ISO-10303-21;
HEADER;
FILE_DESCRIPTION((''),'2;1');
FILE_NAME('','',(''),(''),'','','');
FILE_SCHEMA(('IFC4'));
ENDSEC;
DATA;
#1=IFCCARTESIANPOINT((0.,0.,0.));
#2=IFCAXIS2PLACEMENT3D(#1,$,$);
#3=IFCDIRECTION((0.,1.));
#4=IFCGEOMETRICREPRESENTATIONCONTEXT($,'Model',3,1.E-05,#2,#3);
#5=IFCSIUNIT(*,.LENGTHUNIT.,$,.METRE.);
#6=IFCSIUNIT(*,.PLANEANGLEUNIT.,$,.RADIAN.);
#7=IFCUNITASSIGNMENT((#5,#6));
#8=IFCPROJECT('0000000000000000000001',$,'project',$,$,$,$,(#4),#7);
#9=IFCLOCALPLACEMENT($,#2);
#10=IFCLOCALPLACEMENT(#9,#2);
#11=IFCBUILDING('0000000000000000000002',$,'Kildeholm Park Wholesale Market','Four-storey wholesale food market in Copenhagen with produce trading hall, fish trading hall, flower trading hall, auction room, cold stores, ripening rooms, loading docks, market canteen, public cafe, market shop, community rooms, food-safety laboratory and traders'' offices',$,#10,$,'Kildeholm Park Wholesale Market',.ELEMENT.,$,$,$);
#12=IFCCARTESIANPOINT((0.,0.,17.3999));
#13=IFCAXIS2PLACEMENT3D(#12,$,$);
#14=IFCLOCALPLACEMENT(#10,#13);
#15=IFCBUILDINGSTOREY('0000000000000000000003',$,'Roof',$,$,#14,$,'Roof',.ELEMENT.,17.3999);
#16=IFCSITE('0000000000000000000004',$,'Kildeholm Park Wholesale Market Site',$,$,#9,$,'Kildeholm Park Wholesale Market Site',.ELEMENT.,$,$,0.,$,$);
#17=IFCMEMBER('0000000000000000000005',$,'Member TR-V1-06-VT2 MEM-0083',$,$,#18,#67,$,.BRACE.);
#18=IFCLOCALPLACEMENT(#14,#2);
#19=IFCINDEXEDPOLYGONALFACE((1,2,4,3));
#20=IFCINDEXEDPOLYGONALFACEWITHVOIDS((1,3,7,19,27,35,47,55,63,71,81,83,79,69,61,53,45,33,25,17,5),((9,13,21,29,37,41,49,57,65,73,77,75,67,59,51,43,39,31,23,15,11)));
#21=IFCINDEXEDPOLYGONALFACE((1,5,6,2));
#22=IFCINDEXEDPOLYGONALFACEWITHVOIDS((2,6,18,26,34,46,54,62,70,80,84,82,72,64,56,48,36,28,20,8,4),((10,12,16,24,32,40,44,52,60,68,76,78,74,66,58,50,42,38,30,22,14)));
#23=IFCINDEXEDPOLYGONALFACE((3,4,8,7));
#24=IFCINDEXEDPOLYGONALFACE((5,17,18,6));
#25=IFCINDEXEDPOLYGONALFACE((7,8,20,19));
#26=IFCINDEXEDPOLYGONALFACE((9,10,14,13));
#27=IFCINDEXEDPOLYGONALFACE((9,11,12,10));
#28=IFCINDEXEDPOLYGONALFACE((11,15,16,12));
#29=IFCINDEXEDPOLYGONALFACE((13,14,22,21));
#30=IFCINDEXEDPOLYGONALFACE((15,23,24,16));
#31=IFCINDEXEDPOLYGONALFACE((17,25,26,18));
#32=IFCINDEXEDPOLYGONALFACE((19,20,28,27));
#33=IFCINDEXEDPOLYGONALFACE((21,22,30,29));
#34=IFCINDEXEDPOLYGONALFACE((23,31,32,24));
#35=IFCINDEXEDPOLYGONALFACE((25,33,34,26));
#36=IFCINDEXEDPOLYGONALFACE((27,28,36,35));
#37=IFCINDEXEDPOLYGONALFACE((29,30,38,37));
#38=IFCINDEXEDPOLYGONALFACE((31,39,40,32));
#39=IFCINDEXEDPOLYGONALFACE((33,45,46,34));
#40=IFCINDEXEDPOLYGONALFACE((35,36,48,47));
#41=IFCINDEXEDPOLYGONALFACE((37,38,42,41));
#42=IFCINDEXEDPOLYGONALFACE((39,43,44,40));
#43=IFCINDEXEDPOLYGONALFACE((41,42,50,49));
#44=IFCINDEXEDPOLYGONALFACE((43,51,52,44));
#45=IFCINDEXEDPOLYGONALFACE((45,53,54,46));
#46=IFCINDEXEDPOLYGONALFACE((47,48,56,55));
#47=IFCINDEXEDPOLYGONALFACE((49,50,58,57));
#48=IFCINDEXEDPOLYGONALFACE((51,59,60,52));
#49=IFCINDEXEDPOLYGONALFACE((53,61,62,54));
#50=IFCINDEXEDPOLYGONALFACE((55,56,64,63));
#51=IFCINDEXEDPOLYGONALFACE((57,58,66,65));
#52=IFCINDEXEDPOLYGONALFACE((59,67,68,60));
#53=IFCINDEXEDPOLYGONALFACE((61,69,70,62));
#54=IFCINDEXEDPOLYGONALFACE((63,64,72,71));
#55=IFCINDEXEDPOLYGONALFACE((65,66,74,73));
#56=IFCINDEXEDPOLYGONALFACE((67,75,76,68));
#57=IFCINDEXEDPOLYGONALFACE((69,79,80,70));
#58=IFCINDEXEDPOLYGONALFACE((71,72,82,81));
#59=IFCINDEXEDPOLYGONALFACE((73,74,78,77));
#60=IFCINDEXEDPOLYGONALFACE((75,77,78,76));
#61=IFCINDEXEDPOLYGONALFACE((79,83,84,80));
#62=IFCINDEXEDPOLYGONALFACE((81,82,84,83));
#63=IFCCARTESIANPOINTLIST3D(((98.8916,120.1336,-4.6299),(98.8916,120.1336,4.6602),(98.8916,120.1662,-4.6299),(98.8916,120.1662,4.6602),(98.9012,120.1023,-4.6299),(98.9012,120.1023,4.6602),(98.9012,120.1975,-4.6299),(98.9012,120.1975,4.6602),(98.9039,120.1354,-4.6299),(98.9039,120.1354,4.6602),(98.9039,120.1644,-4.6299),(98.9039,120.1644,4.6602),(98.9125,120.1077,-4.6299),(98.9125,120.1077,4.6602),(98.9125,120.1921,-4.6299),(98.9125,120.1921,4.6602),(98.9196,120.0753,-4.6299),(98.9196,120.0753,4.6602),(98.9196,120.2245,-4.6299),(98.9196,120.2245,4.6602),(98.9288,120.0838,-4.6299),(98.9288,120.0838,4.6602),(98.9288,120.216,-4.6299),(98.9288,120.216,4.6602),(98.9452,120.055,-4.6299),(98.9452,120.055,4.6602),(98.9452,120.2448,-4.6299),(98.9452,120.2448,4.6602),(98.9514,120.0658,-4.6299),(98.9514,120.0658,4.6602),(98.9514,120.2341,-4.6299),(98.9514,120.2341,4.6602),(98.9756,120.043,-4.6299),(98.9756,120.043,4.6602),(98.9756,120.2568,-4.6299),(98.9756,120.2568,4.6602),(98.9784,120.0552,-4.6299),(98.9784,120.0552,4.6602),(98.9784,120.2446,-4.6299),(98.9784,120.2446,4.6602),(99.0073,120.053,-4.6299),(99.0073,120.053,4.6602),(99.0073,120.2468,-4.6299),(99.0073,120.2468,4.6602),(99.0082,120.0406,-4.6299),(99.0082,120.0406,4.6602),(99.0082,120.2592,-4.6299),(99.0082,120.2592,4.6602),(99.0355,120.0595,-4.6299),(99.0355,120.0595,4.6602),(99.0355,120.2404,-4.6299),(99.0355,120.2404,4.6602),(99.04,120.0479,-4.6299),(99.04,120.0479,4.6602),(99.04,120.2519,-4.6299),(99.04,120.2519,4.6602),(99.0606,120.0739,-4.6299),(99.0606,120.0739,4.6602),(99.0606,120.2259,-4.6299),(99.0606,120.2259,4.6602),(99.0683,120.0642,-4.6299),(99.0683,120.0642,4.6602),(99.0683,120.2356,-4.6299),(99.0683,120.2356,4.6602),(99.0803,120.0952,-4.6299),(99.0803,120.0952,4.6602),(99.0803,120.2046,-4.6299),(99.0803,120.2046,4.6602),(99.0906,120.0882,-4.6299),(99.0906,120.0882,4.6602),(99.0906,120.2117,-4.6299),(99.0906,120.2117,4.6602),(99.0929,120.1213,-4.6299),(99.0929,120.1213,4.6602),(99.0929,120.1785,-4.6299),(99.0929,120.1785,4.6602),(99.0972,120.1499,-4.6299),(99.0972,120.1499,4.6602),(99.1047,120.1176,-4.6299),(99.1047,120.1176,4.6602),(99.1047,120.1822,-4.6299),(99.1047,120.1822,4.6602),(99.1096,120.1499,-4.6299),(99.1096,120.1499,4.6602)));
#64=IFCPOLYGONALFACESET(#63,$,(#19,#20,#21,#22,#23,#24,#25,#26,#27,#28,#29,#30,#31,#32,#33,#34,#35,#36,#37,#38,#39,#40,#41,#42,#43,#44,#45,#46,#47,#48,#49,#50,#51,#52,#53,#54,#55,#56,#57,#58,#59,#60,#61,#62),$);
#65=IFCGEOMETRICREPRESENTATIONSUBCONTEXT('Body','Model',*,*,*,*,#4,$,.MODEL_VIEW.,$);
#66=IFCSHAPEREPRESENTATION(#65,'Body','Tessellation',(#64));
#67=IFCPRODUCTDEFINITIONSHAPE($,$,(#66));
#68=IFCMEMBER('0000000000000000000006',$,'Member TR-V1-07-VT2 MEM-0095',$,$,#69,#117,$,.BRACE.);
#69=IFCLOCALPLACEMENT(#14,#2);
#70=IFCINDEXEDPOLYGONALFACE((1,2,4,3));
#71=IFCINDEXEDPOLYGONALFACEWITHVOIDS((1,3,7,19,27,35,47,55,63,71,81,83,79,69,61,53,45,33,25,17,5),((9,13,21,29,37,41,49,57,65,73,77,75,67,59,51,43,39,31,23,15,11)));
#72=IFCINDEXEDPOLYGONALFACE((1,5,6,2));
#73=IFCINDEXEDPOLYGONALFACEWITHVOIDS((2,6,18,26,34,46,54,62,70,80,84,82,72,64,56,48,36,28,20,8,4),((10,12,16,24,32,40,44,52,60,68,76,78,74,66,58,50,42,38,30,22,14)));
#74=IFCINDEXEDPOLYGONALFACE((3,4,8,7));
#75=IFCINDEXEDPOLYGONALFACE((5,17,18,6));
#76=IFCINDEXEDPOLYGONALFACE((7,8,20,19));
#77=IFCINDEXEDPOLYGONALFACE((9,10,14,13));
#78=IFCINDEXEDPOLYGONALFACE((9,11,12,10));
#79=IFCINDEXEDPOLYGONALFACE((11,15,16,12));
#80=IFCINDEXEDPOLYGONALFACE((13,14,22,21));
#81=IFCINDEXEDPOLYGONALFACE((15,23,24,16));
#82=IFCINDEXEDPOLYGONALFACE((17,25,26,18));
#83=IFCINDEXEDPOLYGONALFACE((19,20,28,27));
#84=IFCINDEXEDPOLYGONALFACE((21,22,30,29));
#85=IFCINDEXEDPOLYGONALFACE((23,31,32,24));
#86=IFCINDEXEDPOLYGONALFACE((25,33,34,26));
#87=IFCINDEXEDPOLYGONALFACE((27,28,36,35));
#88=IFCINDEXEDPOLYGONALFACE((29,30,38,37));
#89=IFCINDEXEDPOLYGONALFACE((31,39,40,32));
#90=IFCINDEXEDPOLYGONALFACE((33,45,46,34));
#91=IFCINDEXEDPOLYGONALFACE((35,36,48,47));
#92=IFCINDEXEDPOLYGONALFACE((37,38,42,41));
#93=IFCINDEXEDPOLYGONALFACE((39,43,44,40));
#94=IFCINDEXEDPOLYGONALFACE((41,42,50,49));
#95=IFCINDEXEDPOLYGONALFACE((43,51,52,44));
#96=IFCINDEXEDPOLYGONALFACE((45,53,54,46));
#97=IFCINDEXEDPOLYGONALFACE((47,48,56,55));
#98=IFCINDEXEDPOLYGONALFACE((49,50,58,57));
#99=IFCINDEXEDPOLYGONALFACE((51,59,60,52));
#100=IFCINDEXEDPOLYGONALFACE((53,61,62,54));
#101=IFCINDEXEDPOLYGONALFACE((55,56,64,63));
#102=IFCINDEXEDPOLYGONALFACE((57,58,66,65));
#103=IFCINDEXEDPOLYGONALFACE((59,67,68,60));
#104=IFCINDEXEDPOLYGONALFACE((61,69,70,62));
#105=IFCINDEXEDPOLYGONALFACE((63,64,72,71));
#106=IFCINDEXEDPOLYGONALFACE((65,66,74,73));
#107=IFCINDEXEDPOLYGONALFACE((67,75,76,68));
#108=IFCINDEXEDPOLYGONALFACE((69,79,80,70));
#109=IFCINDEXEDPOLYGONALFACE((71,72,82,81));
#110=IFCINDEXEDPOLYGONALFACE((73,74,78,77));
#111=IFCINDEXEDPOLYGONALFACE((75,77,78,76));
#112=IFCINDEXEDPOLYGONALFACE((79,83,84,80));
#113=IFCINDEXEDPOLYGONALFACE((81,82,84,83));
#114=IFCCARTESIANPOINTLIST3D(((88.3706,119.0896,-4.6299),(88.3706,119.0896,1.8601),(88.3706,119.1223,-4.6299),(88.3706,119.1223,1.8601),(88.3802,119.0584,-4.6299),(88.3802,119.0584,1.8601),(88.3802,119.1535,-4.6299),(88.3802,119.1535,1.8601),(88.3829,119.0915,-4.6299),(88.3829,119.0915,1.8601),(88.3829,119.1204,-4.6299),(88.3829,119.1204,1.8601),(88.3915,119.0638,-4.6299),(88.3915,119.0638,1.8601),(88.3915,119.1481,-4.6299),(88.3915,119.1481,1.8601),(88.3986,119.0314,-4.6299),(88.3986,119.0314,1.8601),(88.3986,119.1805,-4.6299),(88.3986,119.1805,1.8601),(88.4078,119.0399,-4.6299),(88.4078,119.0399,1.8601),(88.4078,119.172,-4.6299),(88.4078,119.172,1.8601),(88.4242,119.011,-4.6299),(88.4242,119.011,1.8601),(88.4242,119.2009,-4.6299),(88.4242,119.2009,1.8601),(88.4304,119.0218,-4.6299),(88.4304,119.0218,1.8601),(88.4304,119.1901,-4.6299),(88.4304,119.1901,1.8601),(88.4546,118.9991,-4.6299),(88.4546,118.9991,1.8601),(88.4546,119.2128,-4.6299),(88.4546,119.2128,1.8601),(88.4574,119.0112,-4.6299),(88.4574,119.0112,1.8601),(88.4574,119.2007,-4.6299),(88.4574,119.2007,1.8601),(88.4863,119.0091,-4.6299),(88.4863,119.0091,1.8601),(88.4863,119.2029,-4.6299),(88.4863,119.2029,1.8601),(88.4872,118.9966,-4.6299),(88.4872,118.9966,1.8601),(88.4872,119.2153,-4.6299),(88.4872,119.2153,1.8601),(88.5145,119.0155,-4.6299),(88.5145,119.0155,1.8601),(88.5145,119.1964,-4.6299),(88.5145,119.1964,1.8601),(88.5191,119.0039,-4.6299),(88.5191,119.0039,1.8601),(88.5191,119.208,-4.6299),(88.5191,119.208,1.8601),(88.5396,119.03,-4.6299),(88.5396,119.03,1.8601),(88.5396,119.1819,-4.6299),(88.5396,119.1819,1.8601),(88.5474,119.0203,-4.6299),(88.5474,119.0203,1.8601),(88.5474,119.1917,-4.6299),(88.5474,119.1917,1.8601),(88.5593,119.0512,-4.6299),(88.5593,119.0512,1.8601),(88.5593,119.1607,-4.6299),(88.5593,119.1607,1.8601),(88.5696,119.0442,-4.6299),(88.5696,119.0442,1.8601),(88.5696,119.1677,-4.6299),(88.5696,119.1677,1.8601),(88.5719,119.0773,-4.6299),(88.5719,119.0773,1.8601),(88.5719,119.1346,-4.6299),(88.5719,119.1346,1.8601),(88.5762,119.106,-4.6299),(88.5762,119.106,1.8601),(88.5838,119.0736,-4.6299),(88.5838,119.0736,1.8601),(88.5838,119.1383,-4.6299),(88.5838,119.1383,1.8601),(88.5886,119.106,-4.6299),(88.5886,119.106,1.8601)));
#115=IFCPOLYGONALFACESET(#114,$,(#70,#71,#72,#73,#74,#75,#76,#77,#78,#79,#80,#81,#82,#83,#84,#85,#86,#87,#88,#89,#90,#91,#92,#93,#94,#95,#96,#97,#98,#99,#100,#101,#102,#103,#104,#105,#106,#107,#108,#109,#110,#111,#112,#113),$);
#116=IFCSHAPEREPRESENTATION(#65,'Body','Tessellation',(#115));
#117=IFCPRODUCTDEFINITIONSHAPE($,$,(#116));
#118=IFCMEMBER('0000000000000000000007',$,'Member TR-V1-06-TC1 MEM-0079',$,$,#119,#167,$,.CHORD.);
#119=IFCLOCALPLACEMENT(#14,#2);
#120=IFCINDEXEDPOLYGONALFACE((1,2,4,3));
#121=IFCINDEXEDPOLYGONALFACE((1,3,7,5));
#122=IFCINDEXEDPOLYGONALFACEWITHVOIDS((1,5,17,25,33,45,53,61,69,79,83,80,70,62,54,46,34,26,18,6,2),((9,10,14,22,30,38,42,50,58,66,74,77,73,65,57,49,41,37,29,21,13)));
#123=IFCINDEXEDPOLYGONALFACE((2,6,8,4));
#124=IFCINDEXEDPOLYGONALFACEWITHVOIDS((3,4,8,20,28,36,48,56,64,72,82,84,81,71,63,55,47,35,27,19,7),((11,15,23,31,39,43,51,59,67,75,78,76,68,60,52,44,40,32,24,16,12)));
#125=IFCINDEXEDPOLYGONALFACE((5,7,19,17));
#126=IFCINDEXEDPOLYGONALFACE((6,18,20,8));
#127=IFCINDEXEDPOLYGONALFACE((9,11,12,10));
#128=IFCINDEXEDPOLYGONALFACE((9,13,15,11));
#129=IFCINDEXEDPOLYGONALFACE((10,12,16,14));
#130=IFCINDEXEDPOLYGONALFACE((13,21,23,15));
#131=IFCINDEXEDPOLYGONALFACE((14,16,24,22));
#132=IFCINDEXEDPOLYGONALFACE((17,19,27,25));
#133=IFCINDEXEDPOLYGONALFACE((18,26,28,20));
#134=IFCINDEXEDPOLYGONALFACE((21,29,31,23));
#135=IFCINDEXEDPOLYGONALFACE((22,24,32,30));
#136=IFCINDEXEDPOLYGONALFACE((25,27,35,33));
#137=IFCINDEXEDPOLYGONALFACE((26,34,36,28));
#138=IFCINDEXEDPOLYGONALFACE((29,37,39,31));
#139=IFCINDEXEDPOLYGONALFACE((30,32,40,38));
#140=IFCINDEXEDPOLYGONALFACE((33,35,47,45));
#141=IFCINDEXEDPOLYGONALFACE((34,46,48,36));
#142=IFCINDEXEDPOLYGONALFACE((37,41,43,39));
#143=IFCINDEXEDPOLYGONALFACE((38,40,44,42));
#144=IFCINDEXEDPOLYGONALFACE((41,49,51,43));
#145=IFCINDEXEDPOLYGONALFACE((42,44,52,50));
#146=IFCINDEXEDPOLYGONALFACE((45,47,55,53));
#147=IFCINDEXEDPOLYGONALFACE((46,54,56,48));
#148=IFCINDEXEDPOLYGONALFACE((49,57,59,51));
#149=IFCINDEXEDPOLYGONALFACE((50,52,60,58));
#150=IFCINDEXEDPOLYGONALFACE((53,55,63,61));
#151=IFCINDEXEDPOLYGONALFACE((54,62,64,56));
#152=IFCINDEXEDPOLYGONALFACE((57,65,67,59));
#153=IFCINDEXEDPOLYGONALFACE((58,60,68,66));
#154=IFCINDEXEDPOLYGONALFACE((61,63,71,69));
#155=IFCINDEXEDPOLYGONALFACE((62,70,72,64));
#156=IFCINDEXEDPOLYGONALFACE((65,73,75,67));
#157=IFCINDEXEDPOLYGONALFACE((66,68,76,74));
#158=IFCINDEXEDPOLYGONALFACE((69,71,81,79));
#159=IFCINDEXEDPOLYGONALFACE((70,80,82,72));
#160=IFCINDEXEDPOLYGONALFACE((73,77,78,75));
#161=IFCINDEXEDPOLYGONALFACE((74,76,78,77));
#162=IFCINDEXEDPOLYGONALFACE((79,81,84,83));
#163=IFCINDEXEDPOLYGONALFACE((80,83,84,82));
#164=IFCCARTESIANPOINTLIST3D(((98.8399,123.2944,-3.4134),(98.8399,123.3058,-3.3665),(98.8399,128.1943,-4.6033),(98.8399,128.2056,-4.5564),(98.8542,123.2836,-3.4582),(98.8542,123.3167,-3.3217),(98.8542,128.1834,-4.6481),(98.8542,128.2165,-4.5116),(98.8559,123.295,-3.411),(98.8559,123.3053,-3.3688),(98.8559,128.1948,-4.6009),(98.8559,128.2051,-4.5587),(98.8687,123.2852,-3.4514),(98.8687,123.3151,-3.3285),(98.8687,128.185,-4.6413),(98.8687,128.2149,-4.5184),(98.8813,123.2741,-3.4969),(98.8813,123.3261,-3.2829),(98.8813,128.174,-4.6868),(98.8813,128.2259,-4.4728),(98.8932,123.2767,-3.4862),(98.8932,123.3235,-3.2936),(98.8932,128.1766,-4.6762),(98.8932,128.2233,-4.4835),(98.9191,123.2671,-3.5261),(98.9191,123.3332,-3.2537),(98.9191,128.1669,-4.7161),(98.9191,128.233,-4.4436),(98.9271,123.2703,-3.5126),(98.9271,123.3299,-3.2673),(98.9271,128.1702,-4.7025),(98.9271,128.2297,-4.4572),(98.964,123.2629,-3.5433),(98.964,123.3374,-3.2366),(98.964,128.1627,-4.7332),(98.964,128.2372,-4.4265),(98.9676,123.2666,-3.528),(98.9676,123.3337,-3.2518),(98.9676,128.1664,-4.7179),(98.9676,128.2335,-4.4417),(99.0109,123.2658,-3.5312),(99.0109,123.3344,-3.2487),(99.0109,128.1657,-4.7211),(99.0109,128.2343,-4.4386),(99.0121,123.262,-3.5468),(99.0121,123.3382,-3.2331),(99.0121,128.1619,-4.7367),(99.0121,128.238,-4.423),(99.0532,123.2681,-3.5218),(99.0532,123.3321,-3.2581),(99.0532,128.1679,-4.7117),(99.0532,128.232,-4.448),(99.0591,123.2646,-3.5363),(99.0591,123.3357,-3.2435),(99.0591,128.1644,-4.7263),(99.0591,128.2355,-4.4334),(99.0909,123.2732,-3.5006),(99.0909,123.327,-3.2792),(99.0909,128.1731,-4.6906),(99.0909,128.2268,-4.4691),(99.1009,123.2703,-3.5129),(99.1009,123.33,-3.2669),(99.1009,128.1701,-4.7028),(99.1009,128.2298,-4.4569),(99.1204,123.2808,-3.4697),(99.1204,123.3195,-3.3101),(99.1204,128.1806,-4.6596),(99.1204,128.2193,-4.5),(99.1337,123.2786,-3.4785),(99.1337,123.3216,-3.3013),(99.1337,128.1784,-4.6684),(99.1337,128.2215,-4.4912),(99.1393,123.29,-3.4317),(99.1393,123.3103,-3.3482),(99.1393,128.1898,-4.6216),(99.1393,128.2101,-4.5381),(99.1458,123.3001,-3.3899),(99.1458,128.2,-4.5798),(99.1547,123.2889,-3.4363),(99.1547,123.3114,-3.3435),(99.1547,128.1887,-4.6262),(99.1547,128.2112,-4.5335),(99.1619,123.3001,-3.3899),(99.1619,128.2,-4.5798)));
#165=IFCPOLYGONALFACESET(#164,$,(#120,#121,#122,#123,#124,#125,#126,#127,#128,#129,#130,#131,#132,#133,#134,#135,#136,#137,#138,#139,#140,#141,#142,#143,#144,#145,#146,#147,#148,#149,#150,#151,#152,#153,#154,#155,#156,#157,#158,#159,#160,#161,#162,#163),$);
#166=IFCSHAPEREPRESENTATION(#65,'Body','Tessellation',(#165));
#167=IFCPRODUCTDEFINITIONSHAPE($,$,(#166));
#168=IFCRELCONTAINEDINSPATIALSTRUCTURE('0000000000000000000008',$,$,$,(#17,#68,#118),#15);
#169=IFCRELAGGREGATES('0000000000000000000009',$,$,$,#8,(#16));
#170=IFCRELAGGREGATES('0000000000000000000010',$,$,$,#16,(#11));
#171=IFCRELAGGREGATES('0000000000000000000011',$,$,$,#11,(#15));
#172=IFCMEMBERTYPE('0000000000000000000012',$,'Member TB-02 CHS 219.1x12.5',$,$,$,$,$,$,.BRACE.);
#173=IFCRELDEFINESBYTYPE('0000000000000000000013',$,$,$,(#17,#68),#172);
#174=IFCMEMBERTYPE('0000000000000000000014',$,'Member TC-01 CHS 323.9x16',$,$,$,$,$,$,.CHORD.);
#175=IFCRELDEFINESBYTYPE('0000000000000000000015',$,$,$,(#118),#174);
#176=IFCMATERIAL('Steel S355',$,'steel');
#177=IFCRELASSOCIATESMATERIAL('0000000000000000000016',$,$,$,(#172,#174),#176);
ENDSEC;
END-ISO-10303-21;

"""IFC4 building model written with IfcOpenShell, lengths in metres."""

from ifc_helpers import new_model, si_unit, direction, frame, origin, origin_2d, place, context, subcontext, project, spatial, hollow_circle, extrude, material, material_profile, profile_set, type_object, element, save


model = new_model("IFC4")

# Units and contexts
model_context = context("Model", 3, precision=1e-05, world=origin(), true_north=direction((0.0, 1.0)))
body_context = subcontext(model_context, "Body", "Model", "MODEL_VIEW")
ifc_project = project(units=[si_unit("LENGTHUNIT", "METRE"), si_unit("PLANEANGLEUNIT", "RADIAN")], contexts=[model_context])

# Site, building, storey
site_placement = place(None, origin())
site = spatial("IfcSite", under=ifc_project, at=site_placement, Name="Kildeholm Park Wholesale Market Site", LongName="Kildeholm Park Wholesale Market Site", CompositionType="ELEMENT", RefElevation=0.0)
building_placement = place(site_placement, origin())
building = spatial("IfcBuilding", under=site, at=building_placement, Name="Kildeholm Park Wholesale Market", Description="Four-storey wholesale food market in Copenhagen with produce trading hall, fish trading hall, flower trading hall, auction room, cold stores, ripening rooms, loading docks, market canteen, public cafe, market shop, community rooms, food-safety laboratory and traders' offices", LongName="Kildeholm Park Wholesale Market", CompositionType="ELEMENT")
storey_placement = place(building_placement, frame((0.0, 0.0, 17.3999)))
storey = spatial("IfcBuildingStorey", under=building, at=storey_placement, Name="Roof", LongName="Roof", CompositionType="ELEMENT", Elevation=17.3999)

# Shared definitions
ifc_material_1 = material(Name="Steel S355", Category="steel")

# Members
ifc_material_profile_1 = material_profile(ifc_material_1, hollow_circle(Radius=0.1096, WallThickness=0.0125, at=origin_2d()), Name="CHS 219.1x12.5")
ifc_profile_set_1 = profile_set([ifc_material_profile_1], Name="Steel S355")
member_type_1 = type_object("IfcMemberType", Name="Member TB-02 CHS 219.1x12.5", PredefinedType="BRACE", material=ifc_profile_set_1)
member_1_placement = place(storey_placement, frame((99.0, 120.1499, -4.6299), z_axis=(0.0, 0.0, 1.0), x_axis=(1.0, 0.0, 0.0)))
element("IfcMember", 1, at=member_1_placement, inside=storey, type_object=member_type_1, Name="Member TR-V1-06-VT2 MEM-0083", PredefinedType="BRACE", context=body_context, shape_type="SweptSolid", body=[
    extrude(hollow_circle(Radius=0.1096, WallThickness=0.0125, at=origin_2d()), origin(), (0.0, 0.0, 1.0), 9.29),
])
member_2_placement = place(storey_placement, frame((88.479, 119.106, -4.6299), z_axis=(0.0, 0.0, 1.0), x_axis=(1.0, 0.0, 0.0)))
element("IfcMember", 2, at=member_2_placement, inside=storey, type_object=member_type_1, Name="Member TR-V1-07-VT2 MEM-0095", PredefinedType="BRACE", context=body_context, shape_type="SweptSolid", body=[
    extrude(hollow_circle(Radius=0.1096, WallThickness=0.0125, at=origin_2d()), origin(), (0.0, 0.0, 1.0), 6.49),
])
ifc_material_profile_2 = material_profile(ifc_material_1, hollow_circle(Radius=0.1619, WallThickness=0.0161, at=origin_2d()), Name="CHS 323.9x16")
ifc_profile_set_2 = profile_set([ifc_material_profile_2], Name="Steel S355")
member_type_2 = type_object("IfcMemberType", Name="Member TC-01 CHS 323.9x16", PredefinedType="CHORD", material=ifc_profile_set_2)
member_3_placement = place(storey_placement, frame((99.0, 128.2, -4.5798), z_axis=(0.0, -0.971755, 0.235991), x_axis=(1.0, 0.0, 0.0)))
element("IfcMember", 3, at=member_3_placement, inside=storey, type_object=member_type_2, Name="Member TR-V1-06-TC1 MEM-0079", PredefinedType="CHORD", context=body_context, shape_type="SweptSolid", body=[
    extrude(hollow_circle(Radius=0.1619, WallThickness=0.0161, at=origin_2d()), origin(), (0.0, 0.0, 1.0), 5.0422),
])

save(model, "model.ifc")
